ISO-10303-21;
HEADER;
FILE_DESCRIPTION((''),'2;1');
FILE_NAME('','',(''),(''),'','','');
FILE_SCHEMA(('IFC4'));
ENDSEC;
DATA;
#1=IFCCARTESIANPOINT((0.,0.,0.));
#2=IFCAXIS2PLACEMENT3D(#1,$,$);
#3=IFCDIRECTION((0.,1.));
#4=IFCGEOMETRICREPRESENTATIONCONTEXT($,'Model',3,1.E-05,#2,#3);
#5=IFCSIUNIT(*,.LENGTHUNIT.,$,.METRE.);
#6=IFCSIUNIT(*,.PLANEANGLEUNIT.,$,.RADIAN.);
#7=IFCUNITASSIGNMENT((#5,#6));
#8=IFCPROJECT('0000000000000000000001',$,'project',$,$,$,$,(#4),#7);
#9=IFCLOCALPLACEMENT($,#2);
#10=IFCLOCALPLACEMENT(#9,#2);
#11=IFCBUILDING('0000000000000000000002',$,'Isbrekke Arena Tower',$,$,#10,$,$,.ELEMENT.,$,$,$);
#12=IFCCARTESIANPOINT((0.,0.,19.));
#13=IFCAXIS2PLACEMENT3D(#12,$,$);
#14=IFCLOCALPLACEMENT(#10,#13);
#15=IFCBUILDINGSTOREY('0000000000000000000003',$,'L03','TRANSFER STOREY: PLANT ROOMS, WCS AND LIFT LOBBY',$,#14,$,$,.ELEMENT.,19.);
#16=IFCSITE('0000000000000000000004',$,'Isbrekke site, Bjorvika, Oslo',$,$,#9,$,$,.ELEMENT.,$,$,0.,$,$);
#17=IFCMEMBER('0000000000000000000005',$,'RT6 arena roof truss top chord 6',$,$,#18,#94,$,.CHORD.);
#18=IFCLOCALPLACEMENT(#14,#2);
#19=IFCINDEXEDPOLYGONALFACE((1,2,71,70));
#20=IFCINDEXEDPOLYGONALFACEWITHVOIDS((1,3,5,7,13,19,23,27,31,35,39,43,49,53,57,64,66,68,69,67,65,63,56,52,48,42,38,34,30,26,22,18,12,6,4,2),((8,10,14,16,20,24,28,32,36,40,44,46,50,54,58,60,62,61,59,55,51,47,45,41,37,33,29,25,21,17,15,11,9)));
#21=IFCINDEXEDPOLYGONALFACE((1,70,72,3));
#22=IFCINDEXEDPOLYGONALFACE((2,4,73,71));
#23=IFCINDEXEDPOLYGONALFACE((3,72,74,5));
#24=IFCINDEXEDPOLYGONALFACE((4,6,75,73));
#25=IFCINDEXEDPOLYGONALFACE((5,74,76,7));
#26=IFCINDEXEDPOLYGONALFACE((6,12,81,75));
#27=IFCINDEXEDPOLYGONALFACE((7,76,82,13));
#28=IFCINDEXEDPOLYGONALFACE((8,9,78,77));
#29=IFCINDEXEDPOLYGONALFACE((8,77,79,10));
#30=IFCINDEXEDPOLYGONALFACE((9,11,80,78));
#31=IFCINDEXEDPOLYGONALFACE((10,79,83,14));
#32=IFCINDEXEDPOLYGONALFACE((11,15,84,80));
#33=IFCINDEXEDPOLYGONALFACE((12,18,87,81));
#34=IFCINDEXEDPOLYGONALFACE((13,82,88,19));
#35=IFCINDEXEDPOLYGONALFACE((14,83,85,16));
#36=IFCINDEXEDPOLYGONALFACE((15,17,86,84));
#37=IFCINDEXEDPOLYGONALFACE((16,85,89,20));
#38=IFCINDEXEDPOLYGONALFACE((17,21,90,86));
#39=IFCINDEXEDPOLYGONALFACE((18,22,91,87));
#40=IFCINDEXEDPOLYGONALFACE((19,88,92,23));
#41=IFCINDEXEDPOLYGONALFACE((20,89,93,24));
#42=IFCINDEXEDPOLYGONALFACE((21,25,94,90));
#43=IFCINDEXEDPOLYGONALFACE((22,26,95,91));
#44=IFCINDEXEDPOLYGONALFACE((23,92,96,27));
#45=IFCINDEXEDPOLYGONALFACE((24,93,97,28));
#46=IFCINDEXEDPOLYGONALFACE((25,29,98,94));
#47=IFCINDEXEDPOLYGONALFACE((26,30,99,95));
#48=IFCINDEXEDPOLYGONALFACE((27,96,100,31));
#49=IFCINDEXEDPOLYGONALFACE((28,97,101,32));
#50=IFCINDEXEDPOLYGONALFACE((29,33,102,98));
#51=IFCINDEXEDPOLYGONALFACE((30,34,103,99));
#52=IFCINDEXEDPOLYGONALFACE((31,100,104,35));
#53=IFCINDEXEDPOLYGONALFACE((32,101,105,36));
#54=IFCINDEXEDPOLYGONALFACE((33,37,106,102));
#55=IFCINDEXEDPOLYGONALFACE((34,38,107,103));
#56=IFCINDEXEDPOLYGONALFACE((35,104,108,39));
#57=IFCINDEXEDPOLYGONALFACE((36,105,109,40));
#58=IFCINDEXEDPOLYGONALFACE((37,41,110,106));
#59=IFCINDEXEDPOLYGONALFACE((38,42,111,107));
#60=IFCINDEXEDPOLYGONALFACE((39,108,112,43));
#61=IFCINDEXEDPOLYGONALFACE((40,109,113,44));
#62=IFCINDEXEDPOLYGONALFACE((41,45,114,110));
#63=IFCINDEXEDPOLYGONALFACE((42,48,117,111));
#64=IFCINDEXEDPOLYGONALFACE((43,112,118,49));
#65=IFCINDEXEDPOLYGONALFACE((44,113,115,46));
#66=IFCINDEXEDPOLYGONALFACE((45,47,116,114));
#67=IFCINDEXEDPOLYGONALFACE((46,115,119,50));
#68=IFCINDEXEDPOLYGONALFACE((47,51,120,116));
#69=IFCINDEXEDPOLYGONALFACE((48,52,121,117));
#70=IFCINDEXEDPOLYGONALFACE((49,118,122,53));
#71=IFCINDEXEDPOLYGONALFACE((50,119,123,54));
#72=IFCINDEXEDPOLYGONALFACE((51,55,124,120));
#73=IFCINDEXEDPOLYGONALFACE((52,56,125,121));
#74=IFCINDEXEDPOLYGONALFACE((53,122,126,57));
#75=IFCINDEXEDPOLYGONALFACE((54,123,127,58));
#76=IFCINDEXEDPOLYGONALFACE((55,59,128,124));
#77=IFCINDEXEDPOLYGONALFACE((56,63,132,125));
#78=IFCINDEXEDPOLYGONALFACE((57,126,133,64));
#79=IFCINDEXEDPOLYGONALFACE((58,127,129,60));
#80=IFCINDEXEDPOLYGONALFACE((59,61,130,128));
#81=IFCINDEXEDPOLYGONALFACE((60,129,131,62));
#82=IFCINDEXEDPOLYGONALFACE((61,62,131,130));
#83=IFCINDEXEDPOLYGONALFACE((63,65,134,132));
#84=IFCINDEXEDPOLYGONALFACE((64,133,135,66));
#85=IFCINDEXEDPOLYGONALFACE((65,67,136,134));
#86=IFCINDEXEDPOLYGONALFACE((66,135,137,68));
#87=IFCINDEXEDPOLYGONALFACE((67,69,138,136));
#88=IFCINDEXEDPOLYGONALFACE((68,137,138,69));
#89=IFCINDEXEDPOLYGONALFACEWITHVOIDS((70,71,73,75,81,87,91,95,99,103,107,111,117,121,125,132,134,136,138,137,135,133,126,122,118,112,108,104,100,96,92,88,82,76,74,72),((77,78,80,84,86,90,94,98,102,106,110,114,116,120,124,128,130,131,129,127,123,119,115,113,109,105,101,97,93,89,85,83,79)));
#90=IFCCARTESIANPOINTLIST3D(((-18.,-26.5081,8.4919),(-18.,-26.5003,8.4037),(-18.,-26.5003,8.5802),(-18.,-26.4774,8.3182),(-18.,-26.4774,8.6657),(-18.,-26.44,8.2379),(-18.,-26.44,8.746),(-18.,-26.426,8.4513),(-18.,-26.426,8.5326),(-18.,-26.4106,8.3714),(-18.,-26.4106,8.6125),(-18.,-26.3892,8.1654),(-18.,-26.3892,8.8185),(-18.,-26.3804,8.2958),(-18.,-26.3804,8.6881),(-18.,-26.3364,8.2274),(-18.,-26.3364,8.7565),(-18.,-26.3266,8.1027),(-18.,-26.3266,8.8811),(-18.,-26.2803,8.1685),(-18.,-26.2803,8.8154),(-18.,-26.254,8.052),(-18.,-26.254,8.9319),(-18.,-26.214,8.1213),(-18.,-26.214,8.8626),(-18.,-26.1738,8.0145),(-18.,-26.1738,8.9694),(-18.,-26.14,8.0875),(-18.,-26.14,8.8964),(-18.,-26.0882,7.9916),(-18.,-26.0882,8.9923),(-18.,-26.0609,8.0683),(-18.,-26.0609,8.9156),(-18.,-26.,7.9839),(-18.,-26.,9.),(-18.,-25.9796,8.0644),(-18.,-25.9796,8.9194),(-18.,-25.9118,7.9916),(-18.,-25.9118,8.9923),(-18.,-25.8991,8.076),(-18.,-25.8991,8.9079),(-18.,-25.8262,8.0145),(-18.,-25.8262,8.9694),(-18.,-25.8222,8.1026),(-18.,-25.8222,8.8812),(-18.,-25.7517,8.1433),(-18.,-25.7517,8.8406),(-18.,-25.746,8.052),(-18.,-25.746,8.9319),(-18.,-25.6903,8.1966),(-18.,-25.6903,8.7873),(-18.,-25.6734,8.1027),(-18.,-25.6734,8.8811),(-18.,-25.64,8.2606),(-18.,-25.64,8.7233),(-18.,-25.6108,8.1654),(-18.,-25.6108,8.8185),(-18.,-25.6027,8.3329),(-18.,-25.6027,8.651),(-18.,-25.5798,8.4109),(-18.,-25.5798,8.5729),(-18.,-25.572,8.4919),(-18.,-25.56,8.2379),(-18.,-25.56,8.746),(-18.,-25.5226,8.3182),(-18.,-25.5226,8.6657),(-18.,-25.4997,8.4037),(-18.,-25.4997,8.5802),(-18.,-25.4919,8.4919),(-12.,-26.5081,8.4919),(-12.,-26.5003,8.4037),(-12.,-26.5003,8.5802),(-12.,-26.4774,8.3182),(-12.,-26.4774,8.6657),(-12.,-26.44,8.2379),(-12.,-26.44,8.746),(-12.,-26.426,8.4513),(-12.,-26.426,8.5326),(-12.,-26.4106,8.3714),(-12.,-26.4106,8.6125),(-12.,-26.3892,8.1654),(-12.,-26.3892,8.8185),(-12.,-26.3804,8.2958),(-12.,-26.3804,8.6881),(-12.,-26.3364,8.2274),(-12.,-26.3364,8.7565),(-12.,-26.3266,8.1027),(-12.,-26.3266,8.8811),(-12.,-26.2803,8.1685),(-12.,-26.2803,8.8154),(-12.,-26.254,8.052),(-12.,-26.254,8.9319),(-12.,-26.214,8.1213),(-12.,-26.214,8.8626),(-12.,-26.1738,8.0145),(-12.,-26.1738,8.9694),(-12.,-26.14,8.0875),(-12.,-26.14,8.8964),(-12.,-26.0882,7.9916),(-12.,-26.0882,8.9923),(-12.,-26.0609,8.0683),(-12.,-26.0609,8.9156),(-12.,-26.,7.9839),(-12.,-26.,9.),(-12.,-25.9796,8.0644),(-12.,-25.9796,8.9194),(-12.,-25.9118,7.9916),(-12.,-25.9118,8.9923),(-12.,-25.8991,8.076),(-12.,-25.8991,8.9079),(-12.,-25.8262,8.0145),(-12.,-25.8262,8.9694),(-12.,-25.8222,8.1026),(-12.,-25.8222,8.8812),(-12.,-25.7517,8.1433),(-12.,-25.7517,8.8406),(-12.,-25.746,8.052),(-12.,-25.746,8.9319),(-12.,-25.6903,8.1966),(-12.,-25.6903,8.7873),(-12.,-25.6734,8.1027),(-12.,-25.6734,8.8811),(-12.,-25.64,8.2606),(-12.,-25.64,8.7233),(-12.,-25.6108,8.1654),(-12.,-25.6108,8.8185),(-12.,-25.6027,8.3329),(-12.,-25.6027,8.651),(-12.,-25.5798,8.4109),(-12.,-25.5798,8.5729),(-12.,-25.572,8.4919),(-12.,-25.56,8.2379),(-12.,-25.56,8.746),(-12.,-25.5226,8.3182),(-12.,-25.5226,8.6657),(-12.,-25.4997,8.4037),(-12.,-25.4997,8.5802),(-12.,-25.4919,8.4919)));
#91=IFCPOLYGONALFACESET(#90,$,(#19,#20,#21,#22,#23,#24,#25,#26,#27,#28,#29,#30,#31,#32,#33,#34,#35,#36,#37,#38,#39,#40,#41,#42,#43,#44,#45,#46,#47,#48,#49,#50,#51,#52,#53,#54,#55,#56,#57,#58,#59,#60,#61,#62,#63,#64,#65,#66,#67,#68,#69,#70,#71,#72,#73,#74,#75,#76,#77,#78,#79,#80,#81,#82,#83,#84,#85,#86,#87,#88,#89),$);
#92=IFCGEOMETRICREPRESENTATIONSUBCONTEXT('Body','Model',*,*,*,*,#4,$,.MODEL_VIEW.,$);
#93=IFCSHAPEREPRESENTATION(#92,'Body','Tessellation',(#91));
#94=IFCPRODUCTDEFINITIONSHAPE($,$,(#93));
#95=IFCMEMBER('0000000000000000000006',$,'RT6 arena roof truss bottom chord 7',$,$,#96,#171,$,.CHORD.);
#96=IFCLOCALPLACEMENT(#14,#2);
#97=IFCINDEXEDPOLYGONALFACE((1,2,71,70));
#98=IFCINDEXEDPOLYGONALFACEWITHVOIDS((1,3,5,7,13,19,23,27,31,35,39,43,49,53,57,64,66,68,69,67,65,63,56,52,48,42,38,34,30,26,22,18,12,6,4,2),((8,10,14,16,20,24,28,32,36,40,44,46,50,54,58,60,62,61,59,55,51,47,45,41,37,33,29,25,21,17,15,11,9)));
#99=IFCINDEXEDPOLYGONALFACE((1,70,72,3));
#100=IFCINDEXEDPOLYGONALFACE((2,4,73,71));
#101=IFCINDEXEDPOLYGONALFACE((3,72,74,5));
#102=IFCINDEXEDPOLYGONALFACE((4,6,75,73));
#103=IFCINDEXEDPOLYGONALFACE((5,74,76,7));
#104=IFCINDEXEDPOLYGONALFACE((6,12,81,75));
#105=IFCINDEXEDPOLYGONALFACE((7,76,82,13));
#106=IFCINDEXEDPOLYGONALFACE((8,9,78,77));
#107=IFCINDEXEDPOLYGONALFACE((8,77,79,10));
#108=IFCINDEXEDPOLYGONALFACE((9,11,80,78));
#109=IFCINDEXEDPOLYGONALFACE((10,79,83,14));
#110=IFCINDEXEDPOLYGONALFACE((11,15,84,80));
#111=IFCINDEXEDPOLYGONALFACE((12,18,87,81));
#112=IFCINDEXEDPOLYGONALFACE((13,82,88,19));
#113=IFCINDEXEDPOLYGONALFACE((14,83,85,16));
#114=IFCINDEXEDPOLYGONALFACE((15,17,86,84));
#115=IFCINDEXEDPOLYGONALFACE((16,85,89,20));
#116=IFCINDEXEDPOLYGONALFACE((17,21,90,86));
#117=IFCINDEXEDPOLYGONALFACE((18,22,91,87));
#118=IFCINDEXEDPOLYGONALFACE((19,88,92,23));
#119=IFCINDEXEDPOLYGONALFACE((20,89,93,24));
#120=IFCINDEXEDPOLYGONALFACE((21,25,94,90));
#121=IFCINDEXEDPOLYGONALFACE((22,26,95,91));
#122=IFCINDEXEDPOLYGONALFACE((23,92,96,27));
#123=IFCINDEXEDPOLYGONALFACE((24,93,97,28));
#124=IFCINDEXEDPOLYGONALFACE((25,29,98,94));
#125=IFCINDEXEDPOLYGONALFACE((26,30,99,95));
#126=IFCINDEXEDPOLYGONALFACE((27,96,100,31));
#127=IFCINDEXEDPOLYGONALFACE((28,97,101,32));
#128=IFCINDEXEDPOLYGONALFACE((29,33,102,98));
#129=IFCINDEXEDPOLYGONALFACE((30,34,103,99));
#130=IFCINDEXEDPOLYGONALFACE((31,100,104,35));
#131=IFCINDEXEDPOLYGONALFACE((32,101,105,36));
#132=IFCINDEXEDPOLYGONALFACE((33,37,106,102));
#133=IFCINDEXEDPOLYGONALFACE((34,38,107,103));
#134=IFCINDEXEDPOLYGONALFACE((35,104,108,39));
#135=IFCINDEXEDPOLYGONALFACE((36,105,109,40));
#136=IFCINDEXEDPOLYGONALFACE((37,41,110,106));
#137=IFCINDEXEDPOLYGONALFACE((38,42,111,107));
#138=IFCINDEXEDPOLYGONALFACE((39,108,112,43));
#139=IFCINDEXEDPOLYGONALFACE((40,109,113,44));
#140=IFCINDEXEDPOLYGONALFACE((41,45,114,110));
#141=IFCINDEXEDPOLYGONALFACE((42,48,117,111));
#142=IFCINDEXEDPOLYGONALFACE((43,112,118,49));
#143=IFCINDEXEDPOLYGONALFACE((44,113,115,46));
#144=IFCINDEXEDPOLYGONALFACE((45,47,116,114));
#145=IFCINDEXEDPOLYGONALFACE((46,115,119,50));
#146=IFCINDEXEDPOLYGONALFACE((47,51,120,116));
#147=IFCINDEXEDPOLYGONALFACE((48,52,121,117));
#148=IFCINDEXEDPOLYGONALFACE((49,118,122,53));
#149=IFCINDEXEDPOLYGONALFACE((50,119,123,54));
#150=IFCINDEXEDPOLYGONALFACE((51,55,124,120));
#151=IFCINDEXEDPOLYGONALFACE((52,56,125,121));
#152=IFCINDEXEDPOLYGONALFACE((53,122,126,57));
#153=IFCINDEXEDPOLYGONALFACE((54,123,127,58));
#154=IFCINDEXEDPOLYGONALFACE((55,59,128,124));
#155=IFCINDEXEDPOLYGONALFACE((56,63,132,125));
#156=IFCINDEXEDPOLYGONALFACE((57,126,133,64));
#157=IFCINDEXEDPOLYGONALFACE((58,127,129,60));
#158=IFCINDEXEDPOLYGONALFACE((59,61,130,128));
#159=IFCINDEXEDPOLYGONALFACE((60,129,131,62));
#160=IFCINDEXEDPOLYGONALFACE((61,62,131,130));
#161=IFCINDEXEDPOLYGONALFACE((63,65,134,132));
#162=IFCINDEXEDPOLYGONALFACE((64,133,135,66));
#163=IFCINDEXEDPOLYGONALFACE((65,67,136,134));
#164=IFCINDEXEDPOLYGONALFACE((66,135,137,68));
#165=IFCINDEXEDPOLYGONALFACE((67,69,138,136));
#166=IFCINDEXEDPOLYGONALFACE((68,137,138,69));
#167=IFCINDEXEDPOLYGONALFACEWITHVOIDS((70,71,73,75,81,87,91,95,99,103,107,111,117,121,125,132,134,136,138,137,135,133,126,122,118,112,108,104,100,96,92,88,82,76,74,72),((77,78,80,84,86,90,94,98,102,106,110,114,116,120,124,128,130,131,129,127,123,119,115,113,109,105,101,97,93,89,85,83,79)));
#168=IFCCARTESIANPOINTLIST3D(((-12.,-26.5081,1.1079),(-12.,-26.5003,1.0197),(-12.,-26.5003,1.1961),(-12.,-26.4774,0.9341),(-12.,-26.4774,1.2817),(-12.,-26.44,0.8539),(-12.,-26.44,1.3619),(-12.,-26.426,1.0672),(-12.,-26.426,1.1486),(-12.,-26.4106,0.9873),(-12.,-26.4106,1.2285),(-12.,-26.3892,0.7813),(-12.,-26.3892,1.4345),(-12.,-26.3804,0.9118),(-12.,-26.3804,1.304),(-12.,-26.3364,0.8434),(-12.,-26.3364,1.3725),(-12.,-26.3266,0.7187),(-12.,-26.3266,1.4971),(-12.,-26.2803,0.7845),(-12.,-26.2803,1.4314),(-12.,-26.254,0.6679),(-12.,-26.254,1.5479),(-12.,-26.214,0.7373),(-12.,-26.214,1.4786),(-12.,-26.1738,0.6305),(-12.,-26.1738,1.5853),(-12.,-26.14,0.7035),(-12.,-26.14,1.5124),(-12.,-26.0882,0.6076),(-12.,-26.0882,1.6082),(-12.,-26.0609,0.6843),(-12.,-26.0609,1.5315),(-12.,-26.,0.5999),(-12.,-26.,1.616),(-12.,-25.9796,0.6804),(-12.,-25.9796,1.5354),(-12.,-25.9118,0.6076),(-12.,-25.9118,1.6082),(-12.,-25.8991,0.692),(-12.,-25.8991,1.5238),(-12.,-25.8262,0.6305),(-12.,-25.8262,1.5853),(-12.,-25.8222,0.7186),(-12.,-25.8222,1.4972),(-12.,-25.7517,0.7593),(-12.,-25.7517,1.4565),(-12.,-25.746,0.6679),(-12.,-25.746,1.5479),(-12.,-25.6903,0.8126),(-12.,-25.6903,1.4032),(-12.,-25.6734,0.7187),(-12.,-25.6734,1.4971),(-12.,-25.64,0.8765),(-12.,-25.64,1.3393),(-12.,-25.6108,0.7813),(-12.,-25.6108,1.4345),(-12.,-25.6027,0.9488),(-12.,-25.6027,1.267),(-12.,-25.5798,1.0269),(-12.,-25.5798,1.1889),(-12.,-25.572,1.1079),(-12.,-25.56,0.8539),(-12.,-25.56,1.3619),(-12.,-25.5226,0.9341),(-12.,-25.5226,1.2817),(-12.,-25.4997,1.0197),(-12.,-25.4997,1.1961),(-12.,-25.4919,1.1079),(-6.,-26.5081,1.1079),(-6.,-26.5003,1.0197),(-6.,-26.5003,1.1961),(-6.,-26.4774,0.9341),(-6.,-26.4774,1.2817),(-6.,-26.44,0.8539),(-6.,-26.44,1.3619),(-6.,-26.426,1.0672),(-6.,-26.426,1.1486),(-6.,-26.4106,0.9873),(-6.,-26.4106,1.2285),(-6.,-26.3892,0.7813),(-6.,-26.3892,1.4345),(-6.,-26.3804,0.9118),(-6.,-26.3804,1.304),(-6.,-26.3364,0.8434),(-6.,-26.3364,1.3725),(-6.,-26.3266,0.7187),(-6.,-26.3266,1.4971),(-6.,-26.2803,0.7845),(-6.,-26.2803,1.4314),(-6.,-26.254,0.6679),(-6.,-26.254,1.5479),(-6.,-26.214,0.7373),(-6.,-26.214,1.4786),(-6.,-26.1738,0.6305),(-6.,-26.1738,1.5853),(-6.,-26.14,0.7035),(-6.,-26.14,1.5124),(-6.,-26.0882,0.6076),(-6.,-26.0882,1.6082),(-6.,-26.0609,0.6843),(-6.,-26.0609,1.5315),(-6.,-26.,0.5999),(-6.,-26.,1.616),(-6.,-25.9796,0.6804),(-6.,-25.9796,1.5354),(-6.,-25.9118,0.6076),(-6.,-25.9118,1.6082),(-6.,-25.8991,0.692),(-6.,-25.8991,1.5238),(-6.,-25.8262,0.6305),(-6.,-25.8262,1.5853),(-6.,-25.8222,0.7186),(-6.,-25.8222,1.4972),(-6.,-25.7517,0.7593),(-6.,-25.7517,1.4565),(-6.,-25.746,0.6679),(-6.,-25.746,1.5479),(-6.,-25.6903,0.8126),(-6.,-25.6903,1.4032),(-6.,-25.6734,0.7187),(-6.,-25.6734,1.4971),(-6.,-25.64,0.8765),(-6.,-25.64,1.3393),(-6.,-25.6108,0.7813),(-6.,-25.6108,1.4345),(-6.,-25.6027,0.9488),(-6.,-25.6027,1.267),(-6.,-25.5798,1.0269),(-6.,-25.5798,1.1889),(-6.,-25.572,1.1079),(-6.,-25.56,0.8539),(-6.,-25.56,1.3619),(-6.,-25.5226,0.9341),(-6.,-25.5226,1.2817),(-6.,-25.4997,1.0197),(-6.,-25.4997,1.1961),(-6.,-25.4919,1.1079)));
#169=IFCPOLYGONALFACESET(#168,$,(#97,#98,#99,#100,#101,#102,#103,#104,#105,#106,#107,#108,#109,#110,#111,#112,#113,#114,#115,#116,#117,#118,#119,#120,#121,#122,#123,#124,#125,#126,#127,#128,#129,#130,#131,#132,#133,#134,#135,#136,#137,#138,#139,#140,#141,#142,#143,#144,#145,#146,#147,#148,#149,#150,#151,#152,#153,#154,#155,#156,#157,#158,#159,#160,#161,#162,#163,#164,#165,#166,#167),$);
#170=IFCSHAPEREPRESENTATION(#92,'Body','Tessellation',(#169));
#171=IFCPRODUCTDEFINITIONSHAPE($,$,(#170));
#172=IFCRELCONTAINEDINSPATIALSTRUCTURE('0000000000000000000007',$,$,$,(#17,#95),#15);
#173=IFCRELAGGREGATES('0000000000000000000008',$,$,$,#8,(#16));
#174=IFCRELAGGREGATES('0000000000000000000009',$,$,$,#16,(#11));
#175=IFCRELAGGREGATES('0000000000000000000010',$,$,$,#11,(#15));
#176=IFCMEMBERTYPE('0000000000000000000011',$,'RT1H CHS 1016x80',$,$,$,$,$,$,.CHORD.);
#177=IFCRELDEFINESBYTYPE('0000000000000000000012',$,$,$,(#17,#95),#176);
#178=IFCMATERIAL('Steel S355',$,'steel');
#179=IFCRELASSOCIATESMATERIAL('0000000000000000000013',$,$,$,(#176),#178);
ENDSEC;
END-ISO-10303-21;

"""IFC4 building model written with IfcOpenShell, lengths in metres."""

from ifc_helpers import new_model, si_unit, direction, frame, origin, origin_2d, place, context, subcontext, project, spatial, hollow_circle, extrude, material, material_profile, profile_set, type_object, element, save


model = new_model("IFC4")

# Units and contexts
model_context = context("Model", 3, precision=1e-05, world=origin(), true_north=direction((0.0, 1.0)))
body_context = subcontext(model_context, "Body", "Model", "MODEL_VIEW")
ifc_project = project(units=[si_unit("LENGTHUNIT", "METRE"), si_unit("PLANEANGLEUNIT", "RADIAN")], contexts=[model_context])

# Site, building, storey
site_placement = place(None, origin())
site = spatial("IfcSite", under=ifc_project, at=site_placement, Name="Isbrekke site, Bjorvika, Oslo", CompositionType="ELEMENT", RefElevation=0.0)
building_placement = place(site_placement, origin())
building = spatial("IfcBuilding", under=site, at=building_placement, Name="Isbrekke Arena Tower", CompositionType="ELEMENT")
storey_placement = place(building_placement, frame((0.0, 0.0, 19.0)))
storey = spatial("IfcBuildingStorey", under=building, at=storey_placement, Name="L03", Description="TRANSFER STOREY: PLANT ROOMS, WCS AND LIFT LOBBY", CompositionType="ELEMENT", Elevation=19.0)

# Members
ifc_material_1 = material(Name="Steel S355", Category="steel")
ifc_material_profile_1 = material_profile(ifc_material_1, hollow_circle(Radius=0.5081, WallThickness=0.0801, at=origin_2d()), Name="CHS 1016x80")
ifc_profile_set_1 = profile_set([ifc_material_profile_1], Name="Steel S355")
member_type_1 = type_object("IfcMemberType", Name="RT1H CHS 1016x80", PredefinedType="CHORD", material=ifc_profile_set_1)
for number, where, z_axis, x_axis, name in (
    (1, (-18.0, -26.0, 8.4919), (1.0, 0.0, 0.0), (0.0, 1.0, 0.0), "RT6 arena roof truss top chord 6"),
    (2, (-12.0, -26.0, 1.1079), (1.0, 0.0, 0.0), (0.0, 1.0, 0.0), "RT6 arena roof truss bottom chord 7"),
):
    element("IfcMember", number, at=place(storey_placement, frame(where, z_axis=z_axis, x_axis=x_axis)), inside=storey, type_object=member_type_1, Name=name, PredefinedType="CHORD", context=body_context, shape_type="SweptSolid", body=[
        extrude(hollow_circle(Radius=0.5081, WallThickness=0.0801, at=origin_2d()), origin(), (0.0, 0.0, 1.0), 6.0),
    ])

save(model, "model.ifc")
